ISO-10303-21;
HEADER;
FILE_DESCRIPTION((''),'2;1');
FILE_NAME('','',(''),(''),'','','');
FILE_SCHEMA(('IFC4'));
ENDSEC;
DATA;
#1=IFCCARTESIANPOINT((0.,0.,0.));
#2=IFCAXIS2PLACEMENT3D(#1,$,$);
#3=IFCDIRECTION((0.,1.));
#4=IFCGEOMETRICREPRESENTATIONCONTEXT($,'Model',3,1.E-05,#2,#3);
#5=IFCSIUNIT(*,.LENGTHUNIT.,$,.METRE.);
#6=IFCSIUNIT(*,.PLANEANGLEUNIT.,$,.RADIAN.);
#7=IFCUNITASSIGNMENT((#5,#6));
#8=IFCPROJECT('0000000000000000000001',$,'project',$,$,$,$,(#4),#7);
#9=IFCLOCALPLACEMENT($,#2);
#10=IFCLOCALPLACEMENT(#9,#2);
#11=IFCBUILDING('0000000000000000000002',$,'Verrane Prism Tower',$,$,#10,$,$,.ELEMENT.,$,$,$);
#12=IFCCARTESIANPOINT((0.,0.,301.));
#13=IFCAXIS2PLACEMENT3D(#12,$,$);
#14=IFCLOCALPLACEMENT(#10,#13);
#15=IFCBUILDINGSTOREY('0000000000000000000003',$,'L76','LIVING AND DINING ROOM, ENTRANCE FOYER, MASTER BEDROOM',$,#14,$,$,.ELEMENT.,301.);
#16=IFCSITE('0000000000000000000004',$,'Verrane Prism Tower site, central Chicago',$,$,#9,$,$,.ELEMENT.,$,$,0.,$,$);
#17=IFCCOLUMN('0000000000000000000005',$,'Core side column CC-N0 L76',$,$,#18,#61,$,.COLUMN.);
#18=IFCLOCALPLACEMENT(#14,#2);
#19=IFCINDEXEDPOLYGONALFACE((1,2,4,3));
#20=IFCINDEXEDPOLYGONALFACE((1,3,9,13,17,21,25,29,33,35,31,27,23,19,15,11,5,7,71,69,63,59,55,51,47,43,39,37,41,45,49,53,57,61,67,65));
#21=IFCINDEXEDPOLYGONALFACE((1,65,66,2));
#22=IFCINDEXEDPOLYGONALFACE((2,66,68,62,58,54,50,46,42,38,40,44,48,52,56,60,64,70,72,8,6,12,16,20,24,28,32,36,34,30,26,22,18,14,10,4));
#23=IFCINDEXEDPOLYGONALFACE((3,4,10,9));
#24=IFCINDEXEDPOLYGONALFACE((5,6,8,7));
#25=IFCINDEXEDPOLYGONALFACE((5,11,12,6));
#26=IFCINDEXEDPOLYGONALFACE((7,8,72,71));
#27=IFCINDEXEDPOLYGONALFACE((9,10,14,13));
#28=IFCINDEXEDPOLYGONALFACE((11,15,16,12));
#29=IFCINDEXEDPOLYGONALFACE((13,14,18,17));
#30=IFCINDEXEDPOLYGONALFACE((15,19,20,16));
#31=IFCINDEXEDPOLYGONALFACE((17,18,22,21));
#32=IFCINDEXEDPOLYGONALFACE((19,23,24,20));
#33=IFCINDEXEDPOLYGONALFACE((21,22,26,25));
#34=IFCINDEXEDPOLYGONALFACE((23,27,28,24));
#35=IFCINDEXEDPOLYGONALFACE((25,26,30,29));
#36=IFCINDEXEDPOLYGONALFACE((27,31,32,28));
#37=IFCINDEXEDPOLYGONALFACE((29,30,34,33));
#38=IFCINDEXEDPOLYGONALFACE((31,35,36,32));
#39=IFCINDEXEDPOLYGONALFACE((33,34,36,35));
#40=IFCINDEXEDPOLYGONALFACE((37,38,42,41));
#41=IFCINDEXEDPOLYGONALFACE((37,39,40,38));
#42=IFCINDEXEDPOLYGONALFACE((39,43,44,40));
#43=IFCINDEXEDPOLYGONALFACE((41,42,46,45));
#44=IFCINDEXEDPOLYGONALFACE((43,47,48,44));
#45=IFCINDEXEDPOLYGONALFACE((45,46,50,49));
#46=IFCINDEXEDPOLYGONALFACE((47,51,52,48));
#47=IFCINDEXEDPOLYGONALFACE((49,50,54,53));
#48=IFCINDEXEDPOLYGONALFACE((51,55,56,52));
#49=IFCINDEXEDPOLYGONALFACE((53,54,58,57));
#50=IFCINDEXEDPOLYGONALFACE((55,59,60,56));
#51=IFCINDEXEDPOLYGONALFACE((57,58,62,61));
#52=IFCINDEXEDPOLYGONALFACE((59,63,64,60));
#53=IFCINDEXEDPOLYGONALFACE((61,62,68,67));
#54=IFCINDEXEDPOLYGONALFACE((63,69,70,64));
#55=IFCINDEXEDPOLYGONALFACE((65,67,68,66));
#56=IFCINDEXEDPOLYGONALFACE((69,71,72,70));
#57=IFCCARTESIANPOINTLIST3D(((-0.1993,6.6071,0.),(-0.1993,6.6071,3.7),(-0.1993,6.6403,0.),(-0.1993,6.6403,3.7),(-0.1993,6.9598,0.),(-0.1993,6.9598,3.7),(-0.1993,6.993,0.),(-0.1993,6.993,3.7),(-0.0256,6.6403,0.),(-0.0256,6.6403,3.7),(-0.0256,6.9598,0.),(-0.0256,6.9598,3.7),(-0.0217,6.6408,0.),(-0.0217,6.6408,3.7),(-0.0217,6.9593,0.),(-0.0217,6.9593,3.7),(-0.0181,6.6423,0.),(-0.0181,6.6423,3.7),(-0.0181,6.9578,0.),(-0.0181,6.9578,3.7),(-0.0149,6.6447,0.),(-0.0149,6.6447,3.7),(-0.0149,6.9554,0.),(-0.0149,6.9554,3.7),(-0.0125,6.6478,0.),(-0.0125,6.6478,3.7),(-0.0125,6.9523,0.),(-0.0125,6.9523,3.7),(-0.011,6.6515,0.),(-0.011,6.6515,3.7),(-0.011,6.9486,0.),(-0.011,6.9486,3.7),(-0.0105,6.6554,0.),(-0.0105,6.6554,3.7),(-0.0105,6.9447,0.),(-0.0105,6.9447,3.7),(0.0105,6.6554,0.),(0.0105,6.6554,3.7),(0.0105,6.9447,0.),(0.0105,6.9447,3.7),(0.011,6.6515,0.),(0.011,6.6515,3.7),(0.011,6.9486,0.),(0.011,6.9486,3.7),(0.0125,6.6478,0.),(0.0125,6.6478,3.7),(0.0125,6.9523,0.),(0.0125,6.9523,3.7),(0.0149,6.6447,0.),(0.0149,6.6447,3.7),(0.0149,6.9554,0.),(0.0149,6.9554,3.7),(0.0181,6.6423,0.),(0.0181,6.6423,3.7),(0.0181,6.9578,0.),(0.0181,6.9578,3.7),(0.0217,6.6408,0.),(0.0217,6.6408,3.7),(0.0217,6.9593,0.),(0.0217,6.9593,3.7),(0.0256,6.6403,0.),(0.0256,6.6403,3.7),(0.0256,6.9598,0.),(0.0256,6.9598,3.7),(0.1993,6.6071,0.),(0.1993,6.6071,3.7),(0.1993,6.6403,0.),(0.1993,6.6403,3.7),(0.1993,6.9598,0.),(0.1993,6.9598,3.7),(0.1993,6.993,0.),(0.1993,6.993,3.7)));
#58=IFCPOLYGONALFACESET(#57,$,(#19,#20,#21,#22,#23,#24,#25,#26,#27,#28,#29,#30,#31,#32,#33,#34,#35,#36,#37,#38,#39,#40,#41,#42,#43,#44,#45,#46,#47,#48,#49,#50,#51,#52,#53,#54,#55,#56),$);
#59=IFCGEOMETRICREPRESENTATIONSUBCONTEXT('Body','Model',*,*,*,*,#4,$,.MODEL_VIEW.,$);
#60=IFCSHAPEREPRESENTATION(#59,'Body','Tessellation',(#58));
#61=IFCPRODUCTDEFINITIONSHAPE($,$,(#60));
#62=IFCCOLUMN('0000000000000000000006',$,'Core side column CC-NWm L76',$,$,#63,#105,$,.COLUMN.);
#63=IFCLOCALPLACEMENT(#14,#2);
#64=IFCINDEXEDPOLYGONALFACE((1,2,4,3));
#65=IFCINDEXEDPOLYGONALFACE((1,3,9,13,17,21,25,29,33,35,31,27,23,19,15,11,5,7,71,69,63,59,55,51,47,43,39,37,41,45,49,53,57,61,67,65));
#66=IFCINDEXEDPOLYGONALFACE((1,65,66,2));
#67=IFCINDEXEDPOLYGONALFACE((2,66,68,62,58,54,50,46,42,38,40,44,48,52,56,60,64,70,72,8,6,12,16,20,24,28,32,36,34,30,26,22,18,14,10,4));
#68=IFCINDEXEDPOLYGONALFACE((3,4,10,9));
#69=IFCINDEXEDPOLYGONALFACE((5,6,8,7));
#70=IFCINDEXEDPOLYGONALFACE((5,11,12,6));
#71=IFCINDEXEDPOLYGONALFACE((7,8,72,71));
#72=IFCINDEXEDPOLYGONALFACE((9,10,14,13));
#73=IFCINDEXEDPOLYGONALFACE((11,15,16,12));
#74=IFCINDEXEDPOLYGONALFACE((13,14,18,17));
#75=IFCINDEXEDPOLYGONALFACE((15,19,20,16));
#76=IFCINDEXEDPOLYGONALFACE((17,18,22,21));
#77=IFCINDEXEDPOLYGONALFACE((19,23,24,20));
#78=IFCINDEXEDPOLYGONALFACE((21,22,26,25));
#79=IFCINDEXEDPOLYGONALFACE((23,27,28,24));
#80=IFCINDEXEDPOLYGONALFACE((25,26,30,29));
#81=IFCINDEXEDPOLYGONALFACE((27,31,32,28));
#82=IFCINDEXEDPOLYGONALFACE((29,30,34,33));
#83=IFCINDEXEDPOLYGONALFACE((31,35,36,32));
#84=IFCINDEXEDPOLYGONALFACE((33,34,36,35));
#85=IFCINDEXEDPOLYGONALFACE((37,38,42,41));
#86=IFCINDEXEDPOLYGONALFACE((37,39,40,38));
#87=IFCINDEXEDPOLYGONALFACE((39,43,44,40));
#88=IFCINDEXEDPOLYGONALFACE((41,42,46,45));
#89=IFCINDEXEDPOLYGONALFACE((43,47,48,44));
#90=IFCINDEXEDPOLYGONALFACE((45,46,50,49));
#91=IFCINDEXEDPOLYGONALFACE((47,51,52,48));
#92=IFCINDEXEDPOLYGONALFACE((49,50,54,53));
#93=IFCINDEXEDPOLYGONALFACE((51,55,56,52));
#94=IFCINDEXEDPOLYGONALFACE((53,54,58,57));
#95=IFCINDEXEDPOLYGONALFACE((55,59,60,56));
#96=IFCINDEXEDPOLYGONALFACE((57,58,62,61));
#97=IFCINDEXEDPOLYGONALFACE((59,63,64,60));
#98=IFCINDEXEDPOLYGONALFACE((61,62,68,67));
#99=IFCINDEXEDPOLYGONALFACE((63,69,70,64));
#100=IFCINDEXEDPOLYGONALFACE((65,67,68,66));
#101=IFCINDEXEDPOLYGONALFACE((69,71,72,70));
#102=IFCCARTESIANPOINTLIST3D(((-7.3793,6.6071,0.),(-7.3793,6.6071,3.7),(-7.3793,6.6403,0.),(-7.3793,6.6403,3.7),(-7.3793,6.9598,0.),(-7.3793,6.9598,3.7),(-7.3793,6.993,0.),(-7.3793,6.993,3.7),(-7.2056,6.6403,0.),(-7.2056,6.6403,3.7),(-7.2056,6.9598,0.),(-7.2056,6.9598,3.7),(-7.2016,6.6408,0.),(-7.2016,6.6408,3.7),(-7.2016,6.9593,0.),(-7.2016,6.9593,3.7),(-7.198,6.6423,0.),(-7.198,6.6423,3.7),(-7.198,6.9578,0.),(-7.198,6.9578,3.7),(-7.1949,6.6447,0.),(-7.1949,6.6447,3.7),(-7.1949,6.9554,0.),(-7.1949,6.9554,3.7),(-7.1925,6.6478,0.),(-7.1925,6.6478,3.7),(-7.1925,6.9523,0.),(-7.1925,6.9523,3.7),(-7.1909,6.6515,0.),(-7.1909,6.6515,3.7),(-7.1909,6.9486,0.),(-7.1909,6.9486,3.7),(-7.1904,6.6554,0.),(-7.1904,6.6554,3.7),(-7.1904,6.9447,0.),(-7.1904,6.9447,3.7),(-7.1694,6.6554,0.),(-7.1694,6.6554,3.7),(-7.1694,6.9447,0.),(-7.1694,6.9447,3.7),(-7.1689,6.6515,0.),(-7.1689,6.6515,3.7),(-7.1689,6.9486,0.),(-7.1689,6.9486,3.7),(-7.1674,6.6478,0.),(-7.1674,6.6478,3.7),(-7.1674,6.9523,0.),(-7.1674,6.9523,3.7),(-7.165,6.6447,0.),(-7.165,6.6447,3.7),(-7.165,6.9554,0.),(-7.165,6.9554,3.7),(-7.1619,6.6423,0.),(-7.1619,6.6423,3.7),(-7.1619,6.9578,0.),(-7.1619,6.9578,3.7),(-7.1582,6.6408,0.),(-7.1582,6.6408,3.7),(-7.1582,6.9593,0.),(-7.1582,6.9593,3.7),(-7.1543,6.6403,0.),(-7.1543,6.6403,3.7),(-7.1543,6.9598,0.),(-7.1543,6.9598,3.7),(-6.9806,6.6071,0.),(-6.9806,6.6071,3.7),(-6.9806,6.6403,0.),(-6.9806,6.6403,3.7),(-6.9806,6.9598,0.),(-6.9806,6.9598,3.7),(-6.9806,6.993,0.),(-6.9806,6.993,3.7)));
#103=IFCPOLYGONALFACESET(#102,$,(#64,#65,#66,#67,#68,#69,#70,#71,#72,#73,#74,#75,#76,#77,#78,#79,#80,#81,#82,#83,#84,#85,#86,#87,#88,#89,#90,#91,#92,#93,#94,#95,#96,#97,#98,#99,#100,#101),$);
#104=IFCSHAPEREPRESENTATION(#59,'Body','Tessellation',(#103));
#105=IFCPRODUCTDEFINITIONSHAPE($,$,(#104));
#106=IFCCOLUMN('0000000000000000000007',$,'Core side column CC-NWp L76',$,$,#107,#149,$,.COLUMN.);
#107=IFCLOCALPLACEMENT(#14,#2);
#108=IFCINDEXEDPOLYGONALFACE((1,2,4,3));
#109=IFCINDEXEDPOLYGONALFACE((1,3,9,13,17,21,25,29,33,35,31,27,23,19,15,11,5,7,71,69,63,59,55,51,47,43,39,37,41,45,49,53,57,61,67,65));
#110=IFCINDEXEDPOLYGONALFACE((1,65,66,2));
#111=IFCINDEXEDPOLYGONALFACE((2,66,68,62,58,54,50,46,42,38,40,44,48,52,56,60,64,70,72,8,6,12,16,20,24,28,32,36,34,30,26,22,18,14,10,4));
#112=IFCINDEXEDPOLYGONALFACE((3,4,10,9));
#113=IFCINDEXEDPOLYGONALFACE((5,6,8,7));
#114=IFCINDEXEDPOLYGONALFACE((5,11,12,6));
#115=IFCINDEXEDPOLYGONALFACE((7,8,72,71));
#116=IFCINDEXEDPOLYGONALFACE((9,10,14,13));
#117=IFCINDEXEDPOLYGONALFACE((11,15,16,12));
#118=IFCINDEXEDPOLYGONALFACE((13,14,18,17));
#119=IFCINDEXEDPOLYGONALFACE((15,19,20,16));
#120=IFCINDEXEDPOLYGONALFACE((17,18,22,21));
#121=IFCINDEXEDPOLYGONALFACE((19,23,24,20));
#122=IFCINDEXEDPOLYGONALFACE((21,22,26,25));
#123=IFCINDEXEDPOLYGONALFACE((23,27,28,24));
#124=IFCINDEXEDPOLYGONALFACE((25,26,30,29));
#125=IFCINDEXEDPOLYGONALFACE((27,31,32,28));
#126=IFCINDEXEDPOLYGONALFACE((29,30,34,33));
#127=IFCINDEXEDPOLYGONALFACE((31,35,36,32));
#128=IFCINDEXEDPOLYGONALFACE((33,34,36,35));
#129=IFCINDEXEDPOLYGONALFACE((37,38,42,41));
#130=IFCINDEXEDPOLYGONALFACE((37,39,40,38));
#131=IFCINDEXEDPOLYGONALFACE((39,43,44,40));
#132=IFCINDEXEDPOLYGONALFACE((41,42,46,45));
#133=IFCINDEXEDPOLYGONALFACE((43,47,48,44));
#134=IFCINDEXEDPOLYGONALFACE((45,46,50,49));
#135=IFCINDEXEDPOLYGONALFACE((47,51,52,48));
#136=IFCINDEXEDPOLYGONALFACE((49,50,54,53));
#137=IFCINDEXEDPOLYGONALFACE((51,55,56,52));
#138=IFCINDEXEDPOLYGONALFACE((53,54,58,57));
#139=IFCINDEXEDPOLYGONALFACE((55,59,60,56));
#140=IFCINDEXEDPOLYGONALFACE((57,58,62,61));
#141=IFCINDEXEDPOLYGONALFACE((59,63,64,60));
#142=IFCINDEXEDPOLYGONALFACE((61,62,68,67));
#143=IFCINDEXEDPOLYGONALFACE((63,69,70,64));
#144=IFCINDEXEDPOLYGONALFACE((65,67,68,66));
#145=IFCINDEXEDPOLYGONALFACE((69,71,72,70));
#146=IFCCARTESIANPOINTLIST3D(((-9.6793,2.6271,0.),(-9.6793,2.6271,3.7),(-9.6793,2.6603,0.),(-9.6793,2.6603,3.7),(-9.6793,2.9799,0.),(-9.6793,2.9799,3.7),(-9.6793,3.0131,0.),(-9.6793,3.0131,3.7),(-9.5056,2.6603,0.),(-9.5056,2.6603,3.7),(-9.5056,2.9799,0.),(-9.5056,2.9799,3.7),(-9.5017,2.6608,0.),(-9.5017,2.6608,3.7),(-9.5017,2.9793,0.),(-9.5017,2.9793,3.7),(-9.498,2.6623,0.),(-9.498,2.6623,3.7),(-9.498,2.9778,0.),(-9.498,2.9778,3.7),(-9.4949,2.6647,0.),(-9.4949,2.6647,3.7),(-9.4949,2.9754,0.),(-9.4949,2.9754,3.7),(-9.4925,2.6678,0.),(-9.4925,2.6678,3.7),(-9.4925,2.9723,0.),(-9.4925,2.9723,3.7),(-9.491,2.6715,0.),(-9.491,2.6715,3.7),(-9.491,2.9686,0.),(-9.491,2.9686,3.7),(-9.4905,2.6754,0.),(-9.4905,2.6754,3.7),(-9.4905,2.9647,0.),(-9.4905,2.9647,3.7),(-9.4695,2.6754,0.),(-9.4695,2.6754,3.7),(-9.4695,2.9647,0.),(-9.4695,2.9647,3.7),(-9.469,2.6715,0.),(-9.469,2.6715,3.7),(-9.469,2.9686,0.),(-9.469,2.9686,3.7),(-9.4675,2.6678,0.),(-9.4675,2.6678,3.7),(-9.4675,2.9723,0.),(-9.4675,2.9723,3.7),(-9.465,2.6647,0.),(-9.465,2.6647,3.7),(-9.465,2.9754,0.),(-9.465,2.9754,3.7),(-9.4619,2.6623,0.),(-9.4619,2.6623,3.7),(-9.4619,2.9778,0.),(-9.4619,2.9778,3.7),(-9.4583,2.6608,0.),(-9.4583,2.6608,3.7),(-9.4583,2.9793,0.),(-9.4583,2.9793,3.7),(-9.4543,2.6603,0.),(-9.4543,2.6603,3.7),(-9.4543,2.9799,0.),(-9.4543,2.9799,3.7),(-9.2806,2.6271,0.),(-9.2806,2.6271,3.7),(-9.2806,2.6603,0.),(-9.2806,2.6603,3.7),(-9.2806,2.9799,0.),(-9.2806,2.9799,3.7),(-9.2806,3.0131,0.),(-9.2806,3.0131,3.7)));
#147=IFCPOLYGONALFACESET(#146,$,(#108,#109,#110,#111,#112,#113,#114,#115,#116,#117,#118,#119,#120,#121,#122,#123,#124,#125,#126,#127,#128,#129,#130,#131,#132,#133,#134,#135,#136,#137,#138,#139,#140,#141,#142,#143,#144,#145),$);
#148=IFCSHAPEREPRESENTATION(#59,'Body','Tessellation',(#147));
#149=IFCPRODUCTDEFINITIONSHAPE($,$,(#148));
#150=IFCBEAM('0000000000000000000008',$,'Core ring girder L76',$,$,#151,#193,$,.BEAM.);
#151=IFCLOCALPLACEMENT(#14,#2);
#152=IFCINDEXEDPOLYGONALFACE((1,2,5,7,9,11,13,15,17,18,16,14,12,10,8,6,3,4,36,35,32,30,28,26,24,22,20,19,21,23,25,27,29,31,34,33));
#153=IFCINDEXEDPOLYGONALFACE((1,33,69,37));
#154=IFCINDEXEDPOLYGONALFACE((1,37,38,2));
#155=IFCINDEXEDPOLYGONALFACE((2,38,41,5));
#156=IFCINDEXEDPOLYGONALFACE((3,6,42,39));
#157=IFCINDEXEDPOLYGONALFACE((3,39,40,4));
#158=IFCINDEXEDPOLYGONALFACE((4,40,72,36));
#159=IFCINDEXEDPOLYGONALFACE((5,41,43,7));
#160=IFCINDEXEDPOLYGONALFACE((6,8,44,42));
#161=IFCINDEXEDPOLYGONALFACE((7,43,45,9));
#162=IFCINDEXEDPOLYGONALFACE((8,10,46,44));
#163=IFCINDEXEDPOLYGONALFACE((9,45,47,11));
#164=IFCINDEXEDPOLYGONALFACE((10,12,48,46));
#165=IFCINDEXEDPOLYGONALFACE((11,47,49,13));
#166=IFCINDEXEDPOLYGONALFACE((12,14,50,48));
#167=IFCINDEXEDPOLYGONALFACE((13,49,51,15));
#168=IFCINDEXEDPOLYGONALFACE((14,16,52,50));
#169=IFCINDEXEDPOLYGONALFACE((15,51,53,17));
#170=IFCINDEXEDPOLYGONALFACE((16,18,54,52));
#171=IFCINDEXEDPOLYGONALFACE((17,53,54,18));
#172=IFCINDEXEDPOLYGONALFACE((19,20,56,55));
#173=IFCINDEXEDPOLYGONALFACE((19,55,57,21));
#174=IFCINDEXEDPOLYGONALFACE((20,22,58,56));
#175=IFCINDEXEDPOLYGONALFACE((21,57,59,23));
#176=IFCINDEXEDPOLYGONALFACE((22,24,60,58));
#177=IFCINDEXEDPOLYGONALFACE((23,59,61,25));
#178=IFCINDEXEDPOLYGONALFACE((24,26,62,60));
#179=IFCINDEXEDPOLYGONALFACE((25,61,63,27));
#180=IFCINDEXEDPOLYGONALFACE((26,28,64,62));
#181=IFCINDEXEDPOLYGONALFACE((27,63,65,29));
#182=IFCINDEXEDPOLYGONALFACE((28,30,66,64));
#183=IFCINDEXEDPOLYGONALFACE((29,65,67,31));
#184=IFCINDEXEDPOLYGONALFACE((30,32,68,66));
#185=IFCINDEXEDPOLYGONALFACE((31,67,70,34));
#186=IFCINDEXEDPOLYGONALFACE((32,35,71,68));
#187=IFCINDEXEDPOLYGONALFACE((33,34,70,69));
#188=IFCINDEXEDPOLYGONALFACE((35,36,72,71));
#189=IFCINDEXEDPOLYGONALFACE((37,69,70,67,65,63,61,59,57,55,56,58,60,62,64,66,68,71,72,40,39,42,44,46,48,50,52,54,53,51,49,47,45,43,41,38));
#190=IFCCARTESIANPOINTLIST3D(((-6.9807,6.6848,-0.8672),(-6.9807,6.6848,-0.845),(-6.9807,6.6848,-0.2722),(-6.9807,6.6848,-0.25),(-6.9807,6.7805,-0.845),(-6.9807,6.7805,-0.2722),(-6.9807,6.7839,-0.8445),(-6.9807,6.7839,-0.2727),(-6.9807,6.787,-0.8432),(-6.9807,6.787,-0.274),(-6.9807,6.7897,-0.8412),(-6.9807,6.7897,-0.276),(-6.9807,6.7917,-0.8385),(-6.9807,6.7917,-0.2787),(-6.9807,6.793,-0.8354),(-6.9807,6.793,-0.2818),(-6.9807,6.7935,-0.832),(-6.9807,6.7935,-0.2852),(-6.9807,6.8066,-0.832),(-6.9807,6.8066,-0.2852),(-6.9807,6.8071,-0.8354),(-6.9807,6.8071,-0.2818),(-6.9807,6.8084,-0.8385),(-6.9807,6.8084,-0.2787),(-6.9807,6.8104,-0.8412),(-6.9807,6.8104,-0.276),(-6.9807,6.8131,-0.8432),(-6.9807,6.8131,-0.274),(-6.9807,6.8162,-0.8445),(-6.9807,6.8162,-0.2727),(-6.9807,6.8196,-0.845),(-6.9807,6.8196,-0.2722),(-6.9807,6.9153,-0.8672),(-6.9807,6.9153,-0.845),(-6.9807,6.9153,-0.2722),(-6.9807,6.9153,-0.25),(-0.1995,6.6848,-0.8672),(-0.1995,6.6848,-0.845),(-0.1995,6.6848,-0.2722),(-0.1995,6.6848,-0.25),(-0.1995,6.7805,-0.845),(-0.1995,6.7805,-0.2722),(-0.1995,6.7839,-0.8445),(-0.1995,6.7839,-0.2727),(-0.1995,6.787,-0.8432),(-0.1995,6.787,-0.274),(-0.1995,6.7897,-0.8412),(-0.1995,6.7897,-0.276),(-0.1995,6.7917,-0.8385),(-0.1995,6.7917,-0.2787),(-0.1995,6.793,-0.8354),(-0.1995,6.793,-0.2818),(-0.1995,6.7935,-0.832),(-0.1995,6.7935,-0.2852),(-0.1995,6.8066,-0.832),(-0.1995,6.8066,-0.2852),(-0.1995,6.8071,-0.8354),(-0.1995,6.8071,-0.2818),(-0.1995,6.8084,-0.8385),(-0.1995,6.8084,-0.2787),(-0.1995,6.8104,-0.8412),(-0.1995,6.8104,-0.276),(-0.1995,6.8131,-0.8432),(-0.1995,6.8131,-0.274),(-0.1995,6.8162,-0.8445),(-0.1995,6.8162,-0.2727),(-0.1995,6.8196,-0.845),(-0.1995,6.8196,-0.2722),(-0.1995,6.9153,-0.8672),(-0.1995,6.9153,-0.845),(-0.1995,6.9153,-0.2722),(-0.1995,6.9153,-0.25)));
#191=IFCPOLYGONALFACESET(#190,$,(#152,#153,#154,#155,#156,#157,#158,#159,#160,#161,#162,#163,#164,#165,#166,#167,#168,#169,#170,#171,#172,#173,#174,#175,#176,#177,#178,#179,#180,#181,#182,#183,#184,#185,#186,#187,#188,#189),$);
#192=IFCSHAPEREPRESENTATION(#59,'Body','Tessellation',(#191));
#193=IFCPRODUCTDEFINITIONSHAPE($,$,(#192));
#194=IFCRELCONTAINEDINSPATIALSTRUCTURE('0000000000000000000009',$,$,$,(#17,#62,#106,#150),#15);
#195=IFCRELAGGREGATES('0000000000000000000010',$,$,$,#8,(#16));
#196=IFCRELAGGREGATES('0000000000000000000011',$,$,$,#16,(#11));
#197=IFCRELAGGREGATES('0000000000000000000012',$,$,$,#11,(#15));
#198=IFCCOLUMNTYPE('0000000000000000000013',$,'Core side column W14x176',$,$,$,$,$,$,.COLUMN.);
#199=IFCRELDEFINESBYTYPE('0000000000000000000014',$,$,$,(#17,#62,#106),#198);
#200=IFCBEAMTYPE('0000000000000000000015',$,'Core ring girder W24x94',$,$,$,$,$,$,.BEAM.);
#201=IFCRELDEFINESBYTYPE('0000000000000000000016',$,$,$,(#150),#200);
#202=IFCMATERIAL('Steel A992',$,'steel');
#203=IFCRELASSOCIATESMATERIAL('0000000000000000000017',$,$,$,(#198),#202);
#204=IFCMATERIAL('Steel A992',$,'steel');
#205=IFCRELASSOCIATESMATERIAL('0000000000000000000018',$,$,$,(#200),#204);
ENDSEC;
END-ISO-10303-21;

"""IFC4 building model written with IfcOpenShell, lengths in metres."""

from ifc_helpers import new_model, si_unit, direction, frame, origin, origin_2d, place, context, subcontext, project, spatial, i_section, extrude, material, material_profile, profile_set, type_object, element, save


model = new_model("IFC4")

# Units and contexts
model_context = context("Model", 3, precision=1e-05, world=origin(), true_north=direction((0.0, 1.0)))
body_context = subcontext(model_context, "Body", "Model", "MODEL_VIEW")
ifc_project = project(units=[si_unit("LENGTHUNIT", "METRE"), si_unit("PLANEANGLEUNIT", "RADIAN")], contexts=[model_context])

# Site, building, storey
site_placement = place(None, origin())
site = spatial("IfcSite", under=ifc_project, at=site_placement, Name="Verrane Prism Tower site, central Chicago", CompositionType="ELEMENT", RefElevation=0.0)
building_placement = place(site_placement, origin())
building = spatial("IfcBuilding", under=site, at=building_placement, Name="Verrane Prism Tower", CompositionType="ELEMENT")
storey_placement = place(building_placement, frame((0.0, 0.0, 301.0)))
storey = spatial("IfcBuildingStorey", under=building, at=storey_placement, Name="L76", Description="LIVING AND DINING ROOM, ENTRANCE FOYER, MASTER BEDROOM", CompositionType="ELEMENT", Elevation=301.0)

# Columns
ifc_material_1 = material(Name="Steel A992", Category="steel")
ifc_material_profile_1 = material_profile(ifc_material_1, i_section(OverallWidth=0.3987, OverallDepth=0.386, WebThickness=0.021, FlangeThickness=0.0332, FilletRadius=0.0151, at=origin_2d()), Name="W14x176")
ifc_profile_set_1 = profile_set([ifc_material_profile_1], Name="Steel A992")
column_type = type_object("IfcColumnType", Name="Core side column W14x176", PredefinedType="COLUMN", material=ifc_profile_set_1)
for number, where, z_axis, x_axis, name in (
    (1, (0.0, 6.8, 0.0), (0.0, 0.0, 1.0), (1.0, 0.0, 0.0), "Core side column CC-N0 L76"),
    (2, (-7.1799, 6.8, 0.0), (0.0, 0.0, 1.0), (1.0, 0.0, 0.0), "Core side column CC-NWm L76"),
    (3, (-9.48, 2.8201, 0.0), (0.0, 0.0, 1.0), (1.0, 0.0, 0.0), "Core side column CC-NWp L76"),
):
    element("IfcColumn", number, at=place(storey_placement, frame(where, z_axis=z_axis, x_axis=x_axis)), inside=storey, type_object=column_type, Name=name, PredefinedType="COLUMN", context=body_context, shape_type="SweptSolid", body=[
        extrude(i_section(OverallWidth=0.3987, OverallDepth=0.386, WebThickness=0.021, FlangeThickness=0.0332, FilletRadius=0.0151, at=origin_2d()), origin(), (0.0, 0.0, 1.0), 3.7),
    ])

# Beam
ifc_material_2 = material(Name="Steel A992", Category="steel")
ifc_material_profile_2 = material_profile(ifc_material_2, i_section(OverallWidth=0.2305, OverallDepth=0.6172, WebThickness=0.0132, FlangeThickness=0.0222, FilletRadius=0.0129, at=origin_2d()), Name="W24x94")
ifc_profile_set_2 = profile_set([ifc_material_profile_2], Name="Steel A992")
beam_type = type_object("IfcBeamType", Name="Core ring girder W24x94", PredefinedType="BEAM", material=ifc_profile_set_2)
beam_1_placement = place(storey_placement, frame((-0.1995, 6.8, -0.5586), z_axis=(-1.0, 0.0, 0.0), x_axis=(0.0, -1.0, 0.0)))
element("IfcBeam", 4, at=beam_1_placement, inside=storey, type_object=beam_type, Name="Core ring girder L76", PredefinedType="BEAM", context=body_context, shape_type="SweptSolid", body=[
    extrude(i_section(OverallWidth=0.2305, OverallDepth=0.6172, WebThickness=0.0132, FlangeThickness=0.0222, FilletRadius=0.0129, at=origin_2d()), origin(), (0.0, 0.0, 1.0), 6.7812),
])

save(model, "model.ifc")
